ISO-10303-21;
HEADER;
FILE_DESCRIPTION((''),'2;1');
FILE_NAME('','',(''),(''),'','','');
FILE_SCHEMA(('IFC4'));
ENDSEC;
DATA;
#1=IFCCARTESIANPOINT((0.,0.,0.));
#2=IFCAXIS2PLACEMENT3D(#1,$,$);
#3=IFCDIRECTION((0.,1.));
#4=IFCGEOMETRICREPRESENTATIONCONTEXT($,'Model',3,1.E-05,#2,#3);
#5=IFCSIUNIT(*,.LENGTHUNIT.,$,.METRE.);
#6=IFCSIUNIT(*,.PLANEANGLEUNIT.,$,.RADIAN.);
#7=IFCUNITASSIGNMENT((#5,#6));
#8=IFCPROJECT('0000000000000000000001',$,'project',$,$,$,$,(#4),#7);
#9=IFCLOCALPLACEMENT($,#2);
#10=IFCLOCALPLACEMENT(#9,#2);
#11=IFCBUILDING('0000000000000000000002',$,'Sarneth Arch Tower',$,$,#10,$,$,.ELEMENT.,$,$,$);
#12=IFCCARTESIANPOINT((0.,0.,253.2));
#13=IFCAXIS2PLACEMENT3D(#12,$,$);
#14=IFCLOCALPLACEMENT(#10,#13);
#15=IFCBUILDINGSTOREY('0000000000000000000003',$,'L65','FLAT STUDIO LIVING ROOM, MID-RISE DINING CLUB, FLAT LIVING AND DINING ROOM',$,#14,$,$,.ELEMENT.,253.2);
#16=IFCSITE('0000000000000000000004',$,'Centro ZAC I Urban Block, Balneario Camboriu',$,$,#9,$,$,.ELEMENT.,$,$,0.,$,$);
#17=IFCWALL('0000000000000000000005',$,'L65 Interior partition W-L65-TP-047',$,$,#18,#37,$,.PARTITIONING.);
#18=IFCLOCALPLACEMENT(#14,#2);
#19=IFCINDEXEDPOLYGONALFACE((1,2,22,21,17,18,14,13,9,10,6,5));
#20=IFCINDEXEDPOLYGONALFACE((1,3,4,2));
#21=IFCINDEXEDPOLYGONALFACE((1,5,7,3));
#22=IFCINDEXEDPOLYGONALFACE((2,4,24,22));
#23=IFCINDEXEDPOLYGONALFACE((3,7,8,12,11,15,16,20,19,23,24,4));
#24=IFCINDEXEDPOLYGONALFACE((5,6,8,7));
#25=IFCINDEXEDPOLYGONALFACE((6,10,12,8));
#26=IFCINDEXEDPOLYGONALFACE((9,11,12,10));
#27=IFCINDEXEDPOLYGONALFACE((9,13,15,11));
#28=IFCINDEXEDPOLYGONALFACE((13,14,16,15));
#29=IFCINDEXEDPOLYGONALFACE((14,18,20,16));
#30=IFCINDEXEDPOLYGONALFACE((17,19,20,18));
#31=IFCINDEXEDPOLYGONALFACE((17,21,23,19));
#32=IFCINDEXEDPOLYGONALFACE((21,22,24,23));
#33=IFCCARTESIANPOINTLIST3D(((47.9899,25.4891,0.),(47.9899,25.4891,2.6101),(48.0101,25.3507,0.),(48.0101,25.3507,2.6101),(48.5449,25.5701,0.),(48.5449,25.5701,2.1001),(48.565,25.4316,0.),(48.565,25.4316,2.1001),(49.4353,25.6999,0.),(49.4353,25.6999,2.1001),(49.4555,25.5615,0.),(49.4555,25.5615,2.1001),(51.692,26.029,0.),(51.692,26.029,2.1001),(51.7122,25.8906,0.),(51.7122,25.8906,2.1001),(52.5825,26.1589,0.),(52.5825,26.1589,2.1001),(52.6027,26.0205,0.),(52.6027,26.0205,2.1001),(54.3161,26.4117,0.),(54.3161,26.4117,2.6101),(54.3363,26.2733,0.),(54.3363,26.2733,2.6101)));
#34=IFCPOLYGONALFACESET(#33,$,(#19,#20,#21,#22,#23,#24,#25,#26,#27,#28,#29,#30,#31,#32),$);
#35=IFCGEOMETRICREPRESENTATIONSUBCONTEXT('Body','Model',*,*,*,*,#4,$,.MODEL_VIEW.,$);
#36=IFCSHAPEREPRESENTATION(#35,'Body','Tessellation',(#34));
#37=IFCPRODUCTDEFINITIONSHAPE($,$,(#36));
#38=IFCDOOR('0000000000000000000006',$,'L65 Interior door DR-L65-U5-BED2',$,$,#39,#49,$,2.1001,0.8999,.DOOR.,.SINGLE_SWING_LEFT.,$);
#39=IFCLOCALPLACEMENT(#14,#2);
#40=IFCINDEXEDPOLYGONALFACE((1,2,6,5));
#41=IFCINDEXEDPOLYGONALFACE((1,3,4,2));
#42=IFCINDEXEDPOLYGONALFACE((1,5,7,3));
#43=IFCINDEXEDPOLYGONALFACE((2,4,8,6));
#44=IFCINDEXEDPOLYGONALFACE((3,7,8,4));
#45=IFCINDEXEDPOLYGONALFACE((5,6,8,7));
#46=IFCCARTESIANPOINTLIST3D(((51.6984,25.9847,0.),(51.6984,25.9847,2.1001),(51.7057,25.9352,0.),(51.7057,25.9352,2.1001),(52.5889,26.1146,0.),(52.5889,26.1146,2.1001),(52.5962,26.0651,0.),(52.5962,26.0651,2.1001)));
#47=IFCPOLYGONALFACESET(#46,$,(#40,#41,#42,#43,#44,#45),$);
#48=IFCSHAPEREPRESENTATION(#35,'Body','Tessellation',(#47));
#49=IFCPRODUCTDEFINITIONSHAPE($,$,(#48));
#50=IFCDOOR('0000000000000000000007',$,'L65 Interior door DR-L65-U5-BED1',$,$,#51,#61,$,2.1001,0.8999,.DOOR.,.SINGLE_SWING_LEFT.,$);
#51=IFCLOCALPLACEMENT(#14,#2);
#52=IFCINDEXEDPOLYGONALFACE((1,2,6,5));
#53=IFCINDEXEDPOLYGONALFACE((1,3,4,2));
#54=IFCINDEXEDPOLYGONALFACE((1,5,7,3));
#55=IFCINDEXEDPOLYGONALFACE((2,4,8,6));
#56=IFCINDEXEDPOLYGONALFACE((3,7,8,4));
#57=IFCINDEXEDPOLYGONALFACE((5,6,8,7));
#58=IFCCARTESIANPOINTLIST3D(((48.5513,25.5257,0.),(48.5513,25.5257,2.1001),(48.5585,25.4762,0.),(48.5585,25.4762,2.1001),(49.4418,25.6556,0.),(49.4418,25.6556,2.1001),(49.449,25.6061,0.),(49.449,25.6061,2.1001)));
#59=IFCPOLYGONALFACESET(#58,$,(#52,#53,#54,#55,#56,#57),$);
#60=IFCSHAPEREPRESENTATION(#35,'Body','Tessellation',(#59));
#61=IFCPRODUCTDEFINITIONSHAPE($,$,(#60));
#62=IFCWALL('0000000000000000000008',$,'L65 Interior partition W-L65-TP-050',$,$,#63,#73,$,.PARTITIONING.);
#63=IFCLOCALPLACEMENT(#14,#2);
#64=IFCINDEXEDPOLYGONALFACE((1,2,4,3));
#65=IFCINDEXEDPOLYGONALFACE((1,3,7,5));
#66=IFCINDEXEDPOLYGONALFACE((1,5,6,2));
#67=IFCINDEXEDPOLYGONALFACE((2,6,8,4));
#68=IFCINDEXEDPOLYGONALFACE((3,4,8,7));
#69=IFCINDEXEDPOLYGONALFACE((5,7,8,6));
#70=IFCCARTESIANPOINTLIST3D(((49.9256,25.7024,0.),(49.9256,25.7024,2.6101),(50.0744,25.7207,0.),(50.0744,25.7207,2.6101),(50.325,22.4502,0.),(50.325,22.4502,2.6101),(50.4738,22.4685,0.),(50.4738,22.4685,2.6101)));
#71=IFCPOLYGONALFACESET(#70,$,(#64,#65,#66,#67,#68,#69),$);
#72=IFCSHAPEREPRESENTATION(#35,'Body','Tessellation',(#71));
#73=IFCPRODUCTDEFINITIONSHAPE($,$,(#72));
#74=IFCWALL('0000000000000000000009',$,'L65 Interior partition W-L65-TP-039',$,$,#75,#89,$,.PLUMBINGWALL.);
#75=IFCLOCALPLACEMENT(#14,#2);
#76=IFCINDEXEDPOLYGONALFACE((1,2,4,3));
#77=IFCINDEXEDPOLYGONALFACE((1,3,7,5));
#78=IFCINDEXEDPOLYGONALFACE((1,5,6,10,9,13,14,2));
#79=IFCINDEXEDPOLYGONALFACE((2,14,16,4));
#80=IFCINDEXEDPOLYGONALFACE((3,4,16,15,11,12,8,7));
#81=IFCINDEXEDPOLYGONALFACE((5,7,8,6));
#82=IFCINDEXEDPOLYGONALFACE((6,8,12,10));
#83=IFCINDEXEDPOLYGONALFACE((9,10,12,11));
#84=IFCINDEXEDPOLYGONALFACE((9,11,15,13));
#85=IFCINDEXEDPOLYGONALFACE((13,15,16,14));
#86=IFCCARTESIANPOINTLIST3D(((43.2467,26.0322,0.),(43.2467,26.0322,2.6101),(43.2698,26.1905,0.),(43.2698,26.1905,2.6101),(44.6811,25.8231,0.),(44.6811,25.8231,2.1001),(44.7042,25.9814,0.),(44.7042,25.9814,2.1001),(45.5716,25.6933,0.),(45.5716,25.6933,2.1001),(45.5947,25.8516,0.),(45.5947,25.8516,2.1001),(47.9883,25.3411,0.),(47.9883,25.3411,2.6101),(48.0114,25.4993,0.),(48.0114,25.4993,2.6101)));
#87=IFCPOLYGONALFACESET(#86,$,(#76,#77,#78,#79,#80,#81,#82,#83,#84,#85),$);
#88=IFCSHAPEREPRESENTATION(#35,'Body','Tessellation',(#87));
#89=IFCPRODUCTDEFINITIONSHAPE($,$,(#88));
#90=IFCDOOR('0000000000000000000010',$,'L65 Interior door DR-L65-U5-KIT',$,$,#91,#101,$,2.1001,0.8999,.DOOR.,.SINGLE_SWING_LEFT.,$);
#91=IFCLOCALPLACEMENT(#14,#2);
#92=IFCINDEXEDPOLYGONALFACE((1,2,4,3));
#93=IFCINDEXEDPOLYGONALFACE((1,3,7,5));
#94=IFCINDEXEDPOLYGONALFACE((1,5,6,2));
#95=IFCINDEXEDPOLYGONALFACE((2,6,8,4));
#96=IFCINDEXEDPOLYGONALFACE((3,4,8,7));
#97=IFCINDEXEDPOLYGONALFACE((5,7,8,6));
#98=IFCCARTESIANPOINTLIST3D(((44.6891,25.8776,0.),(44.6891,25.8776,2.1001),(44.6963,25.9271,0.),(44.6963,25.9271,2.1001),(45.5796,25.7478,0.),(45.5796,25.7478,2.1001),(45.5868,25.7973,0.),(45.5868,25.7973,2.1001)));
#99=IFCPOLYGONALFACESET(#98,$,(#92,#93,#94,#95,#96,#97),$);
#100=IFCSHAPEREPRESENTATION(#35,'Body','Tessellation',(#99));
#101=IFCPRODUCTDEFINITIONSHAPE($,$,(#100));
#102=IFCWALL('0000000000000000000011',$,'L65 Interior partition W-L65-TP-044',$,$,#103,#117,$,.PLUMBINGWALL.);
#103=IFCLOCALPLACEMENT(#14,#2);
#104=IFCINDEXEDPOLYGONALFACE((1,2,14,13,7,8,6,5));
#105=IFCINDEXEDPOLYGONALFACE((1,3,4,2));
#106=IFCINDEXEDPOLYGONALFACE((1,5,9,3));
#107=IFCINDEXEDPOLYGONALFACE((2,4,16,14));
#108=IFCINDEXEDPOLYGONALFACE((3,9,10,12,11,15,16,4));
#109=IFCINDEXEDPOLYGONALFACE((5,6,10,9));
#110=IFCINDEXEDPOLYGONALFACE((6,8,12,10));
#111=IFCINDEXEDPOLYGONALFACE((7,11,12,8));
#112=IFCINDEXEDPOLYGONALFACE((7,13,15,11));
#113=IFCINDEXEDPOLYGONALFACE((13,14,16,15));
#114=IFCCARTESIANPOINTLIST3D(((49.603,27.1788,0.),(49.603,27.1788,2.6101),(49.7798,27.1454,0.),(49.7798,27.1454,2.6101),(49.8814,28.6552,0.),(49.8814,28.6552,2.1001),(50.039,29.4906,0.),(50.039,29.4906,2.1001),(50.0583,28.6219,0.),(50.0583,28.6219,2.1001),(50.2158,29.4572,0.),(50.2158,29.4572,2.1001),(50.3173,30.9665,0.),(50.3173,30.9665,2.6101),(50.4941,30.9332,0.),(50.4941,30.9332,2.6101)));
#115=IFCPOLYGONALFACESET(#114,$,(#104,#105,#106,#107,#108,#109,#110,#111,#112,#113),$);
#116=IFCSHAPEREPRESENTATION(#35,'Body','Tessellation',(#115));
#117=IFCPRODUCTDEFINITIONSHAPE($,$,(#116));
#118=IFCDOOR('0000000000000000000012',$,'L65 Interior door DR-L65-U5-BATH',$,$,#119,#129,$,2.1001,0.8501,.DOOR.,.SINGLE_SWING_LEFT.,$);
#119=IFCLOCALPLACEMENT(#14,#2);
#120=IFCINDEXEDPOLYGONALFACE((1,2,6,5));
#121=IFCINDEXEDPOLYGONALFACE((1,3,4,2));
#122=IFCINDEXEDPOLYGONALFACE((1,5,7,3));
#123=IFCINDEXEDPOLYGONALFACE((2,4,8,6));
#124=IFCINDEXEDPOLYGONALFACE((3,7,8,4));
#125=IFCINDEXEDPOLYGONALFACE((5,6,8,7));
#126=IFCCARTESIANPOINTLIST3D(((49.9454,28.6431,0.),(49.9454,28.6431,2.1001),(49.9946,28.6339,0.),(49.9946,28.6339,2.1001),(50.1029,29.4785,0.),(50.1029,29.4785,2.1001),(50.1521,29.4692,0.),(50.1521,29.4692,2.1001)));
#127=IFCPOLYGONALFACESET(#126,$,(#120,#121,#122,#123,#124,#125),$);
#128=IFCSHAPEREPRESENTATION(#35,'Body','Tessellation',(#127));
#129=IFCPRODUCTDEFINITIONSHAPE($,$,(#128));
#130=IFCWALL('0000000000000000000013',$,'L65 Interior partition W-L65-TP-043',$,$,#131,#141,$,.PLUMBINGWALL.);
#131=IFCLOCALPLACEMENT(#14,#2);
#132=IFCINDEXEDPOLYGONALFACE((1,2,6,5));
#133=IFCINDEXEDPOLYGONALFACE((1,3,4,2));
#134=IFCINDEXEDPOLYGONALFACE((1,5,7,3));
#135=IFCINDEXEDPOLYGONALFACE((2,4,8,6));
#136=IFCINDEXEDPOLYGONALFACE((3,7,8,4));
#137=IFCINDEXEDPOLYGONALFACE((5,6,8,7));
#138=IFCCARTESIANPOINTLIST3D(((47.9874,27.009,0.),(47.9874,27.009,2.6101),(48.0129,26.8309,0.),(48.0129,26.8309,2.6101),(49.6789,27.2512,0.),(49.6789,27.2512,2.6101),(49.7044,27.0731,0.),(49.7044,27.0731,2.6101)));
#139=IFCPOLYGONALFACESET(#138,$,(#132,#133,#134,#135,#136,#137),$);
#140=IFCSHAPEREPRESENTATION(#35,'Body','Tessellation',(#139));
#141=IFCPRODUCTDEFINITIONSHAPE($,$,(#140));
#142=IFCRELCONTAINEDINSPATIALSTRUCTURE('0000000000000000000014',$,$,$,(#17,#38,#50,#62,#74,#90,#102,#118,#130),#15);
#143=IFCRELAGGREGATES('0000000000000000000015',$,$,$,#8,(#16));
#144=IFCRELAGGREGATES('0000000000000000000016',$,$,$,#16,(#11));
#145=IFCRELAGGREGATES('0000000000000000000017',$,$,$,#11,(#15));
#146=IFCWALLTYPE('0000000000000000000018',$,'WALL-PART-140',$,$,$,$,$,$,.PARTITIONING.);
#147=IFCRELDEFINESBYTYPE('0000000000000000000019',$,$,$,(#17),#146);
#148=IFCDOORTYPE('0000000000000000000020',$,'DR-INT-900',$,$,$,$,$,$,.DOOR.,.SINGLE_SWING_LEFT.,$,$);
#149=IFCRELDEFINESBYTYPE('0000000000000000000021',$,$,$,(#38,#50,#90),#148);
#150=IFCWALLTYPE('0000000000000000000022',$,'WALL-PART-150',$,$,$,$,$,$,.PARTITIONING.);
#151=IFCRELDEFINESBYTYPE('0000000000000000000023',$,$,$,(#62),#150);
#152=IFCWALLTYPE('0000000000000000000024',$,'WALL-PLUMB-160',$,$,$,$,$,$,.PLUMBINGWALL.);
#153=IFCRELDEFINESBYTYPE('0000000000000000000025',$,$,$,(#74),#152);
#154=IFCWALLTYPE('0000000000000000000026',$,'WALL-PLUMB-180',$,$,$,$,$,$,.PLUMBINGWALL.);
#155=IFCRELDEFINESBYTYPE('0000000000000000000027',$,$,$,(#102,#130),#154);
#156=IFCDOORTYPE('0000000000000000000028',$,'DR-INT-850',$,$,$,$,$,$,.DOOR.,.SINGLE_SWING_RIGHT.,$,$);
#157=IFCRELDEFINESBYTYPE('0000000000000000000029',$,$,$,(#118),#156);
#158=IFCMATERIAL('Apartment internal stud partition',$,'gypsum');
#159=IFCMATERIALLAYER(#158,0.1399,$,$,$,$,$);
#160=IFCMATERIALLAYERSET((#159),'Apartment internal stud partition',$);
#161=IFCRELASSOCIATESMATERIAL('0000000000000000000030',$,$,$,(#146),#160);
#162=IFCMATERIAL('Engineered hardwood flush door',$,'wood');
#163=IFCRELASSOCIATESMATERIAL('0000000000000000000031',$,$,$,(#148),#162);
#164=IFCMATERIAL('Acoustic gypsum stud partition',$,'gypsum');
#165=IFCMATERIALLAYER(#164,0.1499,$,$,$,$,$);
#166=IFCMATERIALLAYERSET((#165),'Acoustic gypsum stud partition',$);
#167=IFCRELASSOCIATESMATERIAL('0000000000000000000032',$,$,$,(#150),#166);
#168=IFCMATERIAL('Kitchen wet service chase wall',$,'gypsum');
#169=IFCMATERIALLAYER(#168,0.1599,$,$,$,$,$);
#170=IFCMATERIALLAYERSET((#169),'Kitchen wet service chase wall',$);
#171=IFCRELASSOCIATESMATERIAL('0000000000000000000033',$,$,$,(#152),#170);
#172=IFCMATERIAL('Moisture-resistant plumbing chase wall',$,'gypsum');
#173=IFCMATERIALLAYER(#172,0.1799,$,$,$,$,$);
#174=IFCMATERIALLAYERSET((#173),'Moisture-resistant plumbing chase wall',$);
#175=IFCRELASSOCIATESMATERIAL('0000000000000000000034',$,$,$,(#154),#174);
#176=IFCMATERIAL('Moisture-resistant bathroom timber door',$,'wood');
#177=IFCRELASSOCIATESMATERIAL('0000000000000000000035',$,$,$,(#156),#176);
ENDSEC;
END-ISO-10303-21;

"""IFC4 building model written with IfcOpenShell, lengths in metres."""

from ifc_helpers import new_model, si_unit, direction, frame, frame_2d, origin, place, context, subcontext, project, spatial, rectangle, extrude, material, layer, layer_set, type_object, element, fill, save


model = new_model("IFC4")

# Units and contexts
model_context = context("Model", 3, precision=1e-05, world=origin(), true_north=direction((0.0, 1.0)))
body_context = subcontext(model_context, "Body", "Model", "MODEL_VIEW")
ifc_project = project(units=[si_unit("LENGTHUNIT", "METRE"), si_unit("PLANEANGLEUNIT", "RADIAN")], contexts=[model_context])

# Site, building, storey
site_placement = place(None, origin())
site = spatial("IfcSite", under=ifc_project, at=site_placement, Name="Centro ZAC I Urban Block, Balneario Camboriu", CompositionType="ELEMENT", RefElevation=0.0)
building_placement = place(site_placement, origin())
building = spatial("IfcBuilding", under=site, at=building_placement, Name="Sarneth Arch Tower", CompositionType="ELEMENT")
storey_placement = place(building_placement, frame((0.0, 0.0, 253.2)))
storey = spatial("IfcBuildingStorey", under=building, at=storey_placement, Name="L65", Description="FLAT STUDIO LIVING ROOM, MID-RISE DINING CLUB, FLAT LIVING AND DINING ROOM", CompositionType="ELEMENT", Elevation=253.2)

# Wall, openings, doors
ifc_material_1 = material(Name="Apartment internal stud partition", Category="gypsum")
ifc_layer_1 = layer(ifc_material_1, 0.1399)
ifc_layer_set_1 = layer_set([ifc_layer_1], Name="Apartment internal stud partition")
wall_type_1 = type_object("IfcWallType", Name="WALL-PART-140", PredefinedType="PARTITIONING", material=ifc_layer_set_1)
wall_1_placement = place(storey_placement, frame((54.3262, 26.3425, 0.0), z_axis=(0.0, 0.0, 1.0), x_axis=(-0.989532, -0.144313, 0.0)))
wall_1 = element("IfcWall", 1, at=wall_1_placement, inside=storey, type_object=wall_type_1, Name="L65 Interior partition W-L65-TP-047", PredefinedType="PARTITIONING", context=body_context, shape_type="SweptSolid", body=[
    extrude(rectangle(XDim=6.3931, YDim=0.1399, at=frame_2d((3.1965, 0.0))), origin(), (0.0, 0.0, 1.0), 2.6101),
])
opening_1_placement = place(wall_1_placement, frame((1.752, 0.0, 0.0)))
opening_1 = element("IfcOpeningElement", 2, at=opening_1_placement, cuts=wall_1, PredefinedType="OPENING", context=body_context, shape_type="SweptSolid", body=[
    extrude(rectangle(XDim=0.8999, YDim=2.1001, at=frame_2d((0.45, 1.05))), frame((0.0, 0.0798, 0.0), z_axis=(0.0, -1.0, 0.0), x_axis=(1.0, 0.0, 0.0)), (0.0, 0.0, 1.0), 0.1599),
])
opening_2_placement = place(wall_1_placement, frame((4.9324, 0.0, 0.0)))
opening_2 = element("IfcOpeningElement", 3, at=opening_2_placement, cuts=wall_1, PredefinedType="OPENING", context=body_context, shape_type="SweptSolid", body=[
    extrude(rectangle(XDim=0.8999, YDim=2.1001, at=frame_2d((0.45, 1.05))), frame((0.0, 0.0798, 0.0), z_axis=(0.0, -1.0, 0.0), x_axis=(1.0, 0.0, 0.0)), (0.0, 0.0, 1.0), 0.1599),
])
ifc_material_2 = material(Name="Engineered hardwood flush door", Category="wood")
door_type_1 = type_object("IfcDoorType", Name="DR-INT-900", OperationType="SINGLE_SWING_LEFT", PredefinedType="DOOR", material=ifc_material_2)
door_1_placement = place(opening_1_placement, origin())
door_1 = element("IfcDoor", 4, at=door_1_placement, inside=storey, type_object=door_type_1, Name="L65 Interior door DR-L65-U5-BED2", OperationType="SINGLE_SWING_LEFT", OverallHeight=2.1001, OverallWidth=0.8999, PredefinedType="DOOR", context=body_context, shape_type="SweptSolid", body=[
    extrude(rectangle(XDim=0.8999, YDim=2.1001, at=frame_2d((0.45, 1.05))), frame((0.0, 0.0249, 0.0), z_axis=(0.0, -1.0, 0.0), x_axis=(1.0, 0.0, 0.0)), (0.0, 0.0, 1.0), 0.05),
])
fill(opening_1, door_1)
door_2_placement = place(opening_2_placement, origin())
door_2 = element("IfcDoor", 5, at=door_2_placement, inside=storey, type_object=door_type_1, Name="L65 Interior door DR-L65-U5-BED1", OperationType="SINGLE_SWING_LEFT", OverallHeight=2.1001, OverallWidth=0.8999, PredefinedType="DOOR", context=body_context, shape_type="SweptSolid", body=[
    extrude(rectangle(XDim=0.8999, YDim=2.1001, at=frame_2d((0.45, 1.05))), frame((0.0, 0.0249, 0.0), z_axis=(0.0, -1.0, 0.0), x_axis=(1.0, 0.0, 0.0)), (0.0, 0.0, 1.0), 0.05),
])
fill(opening_2, door_2)

# Wall
ifc_material_3 = material(Name="Acoustic gypsum stud partition", Category="gypsum")
ifc_layer_2 = layer(ifc_material_3, 0.1499)
ifc_layer_set_2 = layer_set([ifc_layer_2], Name="Acoustic gypsum stud partition")
wall_type_2 = type_object("IfcWallType", Name="WALL-PART-150", PredefinedType="PARTITIONING", material=ifc_layer_set_2)
wall_2_placement = place(storey_placement, frame((50.3994, 22.4595, 0.0), z_axis=(0.0, 0.0, 1.0), x_axis=(-0.121898, 0.992543, 0.0)))
element("IfcWall", 6, at=wall_2_placement, inside=storey, type_object=wall_type_2, Name="L65 Interior partition W-L65-TP-050", PredefinedType="PARTITIONING", context=body_context, shape_type="SweptSolid", body=[
    extrude(rectangle(XDim=3.2766, YDim=0.1499, at=frame_2d((1.6382, 0.0))), origin(), (0.0, 0.0, 1.0), 2.6101),
])

# Walls, openings, doors
ifc_material_4 = material(Name="Kitchen wet service chase wall", Category="gypsum")
ifc_layer_3 = layer(ifc_material_4, 0.1599)
ifc_layer_set_3 = layer_set([ifc_layer_3], Name="Kitchen wet service chase wall")
wall_type_3 = type_object("IfcWallType", Name="WALL-PLUMB-160", PredefinedType="PLUMBINGWALL", material=ifc_layer_set_3)
wall_3_placement = place(storey_placement, frame((48.0, 25.4202, 0.0), z_axis=(0.0, 0.0, 1.0), x_axis=(-0.989543, 0.144238, 0.0)))
wall_3 = element("IfcWall", 7, at=wall_3_placement, inside=storey, type_object=wall_type_3, Name="L65 Interior partition W-L65-TP-039", PredefinedType="PLUMBINGWALL", context=body_context, shape_type="SweptSolid", body=[
    extrude(rectangle(XDim=4.7917, YDim=0.1599, at=frame_2d((2.396, 0.0))), origin(), (0.0, 0.0, 1.0), 2.6101),
])
opening_3_placement = place(wall_3_placement, frame((2.4424, 0.0, 0.0)))
opening_3 = element("IfcOpeningElement", 8, at=opening_3_placement, cuts=wall_3, PredefinedType="OPENING", context=body_context, shape_type="SweptSolid", body=[
    extrude(rectangle(XDim=0.8999, YDim=2.1001, at=frame_2d((0.45, 1.05))), frame((0.0, 0.0898, 0.0), z_axis=(0.0, -1.0, 0.0), x_axis=(1.0, 0.0, 0.0)), (0.0, 0.0, 1.0), 0.1799),
])
door_3_placement = place(opening_3_placement, origin())
door_3 = element("IfcDoor", 9, at=door_3_placement, inside=storey, type_object=door_type_1, Name="L65 Interior door DR-L65-U5-KIT", OperationType="SINGLE_SWING_LEFT", OverallHeight=2.1001, OverallWidth=0.8999, PredefinedType="DOOR", context=body_context, shape_type="SweptSolid", body=[
    extrude(rectangle(XDim=0.8999, YDim=2.1001, at=frame_2d((0.45, 1.05))), frame((0.0, 0.0249, 0.0), z_axis=(0.0, -1.0, 0.0), x_axis=(1.0, 0.0, 0.0)), (0.0, 0.0, 1.0), 0.05),
])
fill(opening_3, door_3)
ifc_material_5 = material(Name="Moisture-resistant plumbing chase wall", Category="gypsum")
ifc_layer_4 = layer(ifc_material_5, 0.1799)
ifc_layer_set_4 = layer_set([ifc_layer_4], Name="Moisture-resistant plumbing chase wall")
wall_type_4 = type_object("IfcWallType", Name="WALL-PLUMB-180", PredefinedType="PLUMBINGWALL", material=ifc_layer_set_4)
wall_4_placement = place(storey_placement, frame((49.6914, 27.1621, 0.0), z_axis=(0.0, 0.0, 1.0), x_axis=(0.185325, 0.982677, 0.0)))
wall_4 = element("IfcWall", 10, at=wall_4_placement, inside=storey, type_object=wall_type_4, Name="L65 Interior partition W-L65-TP-044", PredefinedType="PLUMBINGWALL", context=body_context, shape_type="SweptSolid", body=[
    extrude(rectangle(XDim=3.8545, YDim=0.1799, at=frame_2d((1.9272, 0.0))), origin(), (0.0, 0.0, 1.0), 2.6101),
])
opening_4_placement = place(wall_4_placement, frame((1.5024, 0.0, 0.0)))
opening_4 = element("IfcOpeningElement", 11, at=opening_4_placement, cuts=wall_4, PredefinedType="OPENING", context=body_context, shape_type="SweptSolid", body=[
    extrude(rectangle(XDim=0.8501, YDim=2.1001, at=frame_2d((0.425, 1.05))), frame((0.0, 0.0999, 0.0), z_axis=(0.0, -1.0, 0.0), x_axis=(1.0, 0.0, 0.0)), (0.0, 0.0, 1.0), 0.2),
])
ifc_material_6 = material(Name="Moisture-resistant bathroom timber door", Category="wood")
door_type_2 = type_object("IfcDoorType", Name="DR-INT-850", OperationType="SINGLE_SWING_RIGHT", PredefinedType="DOOR", material=ifc_material_6)
door_4_placement = place(opening_4_placement, origin())
door_4 = element("IfcDoor", 12, at=door_4_placement, inside=storey, type_object=door_type_2, Name="L65 Interior door DR-L65-U5-BATH", OperationType="SINGLE_SWING_LEFT", OverallHeight=2.1001, OverallWidth=0.8501, PredefinedType="DOOR", context=body_context, shape_type="SweptSolid", body=[
    extrude(rectangle(XDim=0.8501, YDim=2.1001, at=frame_2d((0.425, 1.05))), frame((0.0, 0.0249, 0.0), z_axis=(0.0, -1.0, 0.0), x_axis=(1.0, 0.0, 0.0)), (0.0, 0.0, 1.0), 0.05),
])
fill(opening_4, door_4)

# Wall
wall_5_placement = place(storey_placement, frame((48.0, 26.9199, 0.0), z_axis=(0.0, 0.0, 1.0), x_axis=(0.989904, 0.141741, 0.0)))
element("IfcWall", 13, at=wall_5_placement, inside=storey, type_object=wall_type_4, Name="L65 Interior partition W-L65-TP-043", PredefinedType="PLUMBINGWALL", context=body_context, shape_type="SweptSolid", body=[
    extrude(rectangle(XDim=1.7087, YDim=0.1799, at=frame_2d((0.8545, 0.0))), origin(), (0.0, 0.0, 1.0), 2.6101),
])

save(model, "model.ifc")
